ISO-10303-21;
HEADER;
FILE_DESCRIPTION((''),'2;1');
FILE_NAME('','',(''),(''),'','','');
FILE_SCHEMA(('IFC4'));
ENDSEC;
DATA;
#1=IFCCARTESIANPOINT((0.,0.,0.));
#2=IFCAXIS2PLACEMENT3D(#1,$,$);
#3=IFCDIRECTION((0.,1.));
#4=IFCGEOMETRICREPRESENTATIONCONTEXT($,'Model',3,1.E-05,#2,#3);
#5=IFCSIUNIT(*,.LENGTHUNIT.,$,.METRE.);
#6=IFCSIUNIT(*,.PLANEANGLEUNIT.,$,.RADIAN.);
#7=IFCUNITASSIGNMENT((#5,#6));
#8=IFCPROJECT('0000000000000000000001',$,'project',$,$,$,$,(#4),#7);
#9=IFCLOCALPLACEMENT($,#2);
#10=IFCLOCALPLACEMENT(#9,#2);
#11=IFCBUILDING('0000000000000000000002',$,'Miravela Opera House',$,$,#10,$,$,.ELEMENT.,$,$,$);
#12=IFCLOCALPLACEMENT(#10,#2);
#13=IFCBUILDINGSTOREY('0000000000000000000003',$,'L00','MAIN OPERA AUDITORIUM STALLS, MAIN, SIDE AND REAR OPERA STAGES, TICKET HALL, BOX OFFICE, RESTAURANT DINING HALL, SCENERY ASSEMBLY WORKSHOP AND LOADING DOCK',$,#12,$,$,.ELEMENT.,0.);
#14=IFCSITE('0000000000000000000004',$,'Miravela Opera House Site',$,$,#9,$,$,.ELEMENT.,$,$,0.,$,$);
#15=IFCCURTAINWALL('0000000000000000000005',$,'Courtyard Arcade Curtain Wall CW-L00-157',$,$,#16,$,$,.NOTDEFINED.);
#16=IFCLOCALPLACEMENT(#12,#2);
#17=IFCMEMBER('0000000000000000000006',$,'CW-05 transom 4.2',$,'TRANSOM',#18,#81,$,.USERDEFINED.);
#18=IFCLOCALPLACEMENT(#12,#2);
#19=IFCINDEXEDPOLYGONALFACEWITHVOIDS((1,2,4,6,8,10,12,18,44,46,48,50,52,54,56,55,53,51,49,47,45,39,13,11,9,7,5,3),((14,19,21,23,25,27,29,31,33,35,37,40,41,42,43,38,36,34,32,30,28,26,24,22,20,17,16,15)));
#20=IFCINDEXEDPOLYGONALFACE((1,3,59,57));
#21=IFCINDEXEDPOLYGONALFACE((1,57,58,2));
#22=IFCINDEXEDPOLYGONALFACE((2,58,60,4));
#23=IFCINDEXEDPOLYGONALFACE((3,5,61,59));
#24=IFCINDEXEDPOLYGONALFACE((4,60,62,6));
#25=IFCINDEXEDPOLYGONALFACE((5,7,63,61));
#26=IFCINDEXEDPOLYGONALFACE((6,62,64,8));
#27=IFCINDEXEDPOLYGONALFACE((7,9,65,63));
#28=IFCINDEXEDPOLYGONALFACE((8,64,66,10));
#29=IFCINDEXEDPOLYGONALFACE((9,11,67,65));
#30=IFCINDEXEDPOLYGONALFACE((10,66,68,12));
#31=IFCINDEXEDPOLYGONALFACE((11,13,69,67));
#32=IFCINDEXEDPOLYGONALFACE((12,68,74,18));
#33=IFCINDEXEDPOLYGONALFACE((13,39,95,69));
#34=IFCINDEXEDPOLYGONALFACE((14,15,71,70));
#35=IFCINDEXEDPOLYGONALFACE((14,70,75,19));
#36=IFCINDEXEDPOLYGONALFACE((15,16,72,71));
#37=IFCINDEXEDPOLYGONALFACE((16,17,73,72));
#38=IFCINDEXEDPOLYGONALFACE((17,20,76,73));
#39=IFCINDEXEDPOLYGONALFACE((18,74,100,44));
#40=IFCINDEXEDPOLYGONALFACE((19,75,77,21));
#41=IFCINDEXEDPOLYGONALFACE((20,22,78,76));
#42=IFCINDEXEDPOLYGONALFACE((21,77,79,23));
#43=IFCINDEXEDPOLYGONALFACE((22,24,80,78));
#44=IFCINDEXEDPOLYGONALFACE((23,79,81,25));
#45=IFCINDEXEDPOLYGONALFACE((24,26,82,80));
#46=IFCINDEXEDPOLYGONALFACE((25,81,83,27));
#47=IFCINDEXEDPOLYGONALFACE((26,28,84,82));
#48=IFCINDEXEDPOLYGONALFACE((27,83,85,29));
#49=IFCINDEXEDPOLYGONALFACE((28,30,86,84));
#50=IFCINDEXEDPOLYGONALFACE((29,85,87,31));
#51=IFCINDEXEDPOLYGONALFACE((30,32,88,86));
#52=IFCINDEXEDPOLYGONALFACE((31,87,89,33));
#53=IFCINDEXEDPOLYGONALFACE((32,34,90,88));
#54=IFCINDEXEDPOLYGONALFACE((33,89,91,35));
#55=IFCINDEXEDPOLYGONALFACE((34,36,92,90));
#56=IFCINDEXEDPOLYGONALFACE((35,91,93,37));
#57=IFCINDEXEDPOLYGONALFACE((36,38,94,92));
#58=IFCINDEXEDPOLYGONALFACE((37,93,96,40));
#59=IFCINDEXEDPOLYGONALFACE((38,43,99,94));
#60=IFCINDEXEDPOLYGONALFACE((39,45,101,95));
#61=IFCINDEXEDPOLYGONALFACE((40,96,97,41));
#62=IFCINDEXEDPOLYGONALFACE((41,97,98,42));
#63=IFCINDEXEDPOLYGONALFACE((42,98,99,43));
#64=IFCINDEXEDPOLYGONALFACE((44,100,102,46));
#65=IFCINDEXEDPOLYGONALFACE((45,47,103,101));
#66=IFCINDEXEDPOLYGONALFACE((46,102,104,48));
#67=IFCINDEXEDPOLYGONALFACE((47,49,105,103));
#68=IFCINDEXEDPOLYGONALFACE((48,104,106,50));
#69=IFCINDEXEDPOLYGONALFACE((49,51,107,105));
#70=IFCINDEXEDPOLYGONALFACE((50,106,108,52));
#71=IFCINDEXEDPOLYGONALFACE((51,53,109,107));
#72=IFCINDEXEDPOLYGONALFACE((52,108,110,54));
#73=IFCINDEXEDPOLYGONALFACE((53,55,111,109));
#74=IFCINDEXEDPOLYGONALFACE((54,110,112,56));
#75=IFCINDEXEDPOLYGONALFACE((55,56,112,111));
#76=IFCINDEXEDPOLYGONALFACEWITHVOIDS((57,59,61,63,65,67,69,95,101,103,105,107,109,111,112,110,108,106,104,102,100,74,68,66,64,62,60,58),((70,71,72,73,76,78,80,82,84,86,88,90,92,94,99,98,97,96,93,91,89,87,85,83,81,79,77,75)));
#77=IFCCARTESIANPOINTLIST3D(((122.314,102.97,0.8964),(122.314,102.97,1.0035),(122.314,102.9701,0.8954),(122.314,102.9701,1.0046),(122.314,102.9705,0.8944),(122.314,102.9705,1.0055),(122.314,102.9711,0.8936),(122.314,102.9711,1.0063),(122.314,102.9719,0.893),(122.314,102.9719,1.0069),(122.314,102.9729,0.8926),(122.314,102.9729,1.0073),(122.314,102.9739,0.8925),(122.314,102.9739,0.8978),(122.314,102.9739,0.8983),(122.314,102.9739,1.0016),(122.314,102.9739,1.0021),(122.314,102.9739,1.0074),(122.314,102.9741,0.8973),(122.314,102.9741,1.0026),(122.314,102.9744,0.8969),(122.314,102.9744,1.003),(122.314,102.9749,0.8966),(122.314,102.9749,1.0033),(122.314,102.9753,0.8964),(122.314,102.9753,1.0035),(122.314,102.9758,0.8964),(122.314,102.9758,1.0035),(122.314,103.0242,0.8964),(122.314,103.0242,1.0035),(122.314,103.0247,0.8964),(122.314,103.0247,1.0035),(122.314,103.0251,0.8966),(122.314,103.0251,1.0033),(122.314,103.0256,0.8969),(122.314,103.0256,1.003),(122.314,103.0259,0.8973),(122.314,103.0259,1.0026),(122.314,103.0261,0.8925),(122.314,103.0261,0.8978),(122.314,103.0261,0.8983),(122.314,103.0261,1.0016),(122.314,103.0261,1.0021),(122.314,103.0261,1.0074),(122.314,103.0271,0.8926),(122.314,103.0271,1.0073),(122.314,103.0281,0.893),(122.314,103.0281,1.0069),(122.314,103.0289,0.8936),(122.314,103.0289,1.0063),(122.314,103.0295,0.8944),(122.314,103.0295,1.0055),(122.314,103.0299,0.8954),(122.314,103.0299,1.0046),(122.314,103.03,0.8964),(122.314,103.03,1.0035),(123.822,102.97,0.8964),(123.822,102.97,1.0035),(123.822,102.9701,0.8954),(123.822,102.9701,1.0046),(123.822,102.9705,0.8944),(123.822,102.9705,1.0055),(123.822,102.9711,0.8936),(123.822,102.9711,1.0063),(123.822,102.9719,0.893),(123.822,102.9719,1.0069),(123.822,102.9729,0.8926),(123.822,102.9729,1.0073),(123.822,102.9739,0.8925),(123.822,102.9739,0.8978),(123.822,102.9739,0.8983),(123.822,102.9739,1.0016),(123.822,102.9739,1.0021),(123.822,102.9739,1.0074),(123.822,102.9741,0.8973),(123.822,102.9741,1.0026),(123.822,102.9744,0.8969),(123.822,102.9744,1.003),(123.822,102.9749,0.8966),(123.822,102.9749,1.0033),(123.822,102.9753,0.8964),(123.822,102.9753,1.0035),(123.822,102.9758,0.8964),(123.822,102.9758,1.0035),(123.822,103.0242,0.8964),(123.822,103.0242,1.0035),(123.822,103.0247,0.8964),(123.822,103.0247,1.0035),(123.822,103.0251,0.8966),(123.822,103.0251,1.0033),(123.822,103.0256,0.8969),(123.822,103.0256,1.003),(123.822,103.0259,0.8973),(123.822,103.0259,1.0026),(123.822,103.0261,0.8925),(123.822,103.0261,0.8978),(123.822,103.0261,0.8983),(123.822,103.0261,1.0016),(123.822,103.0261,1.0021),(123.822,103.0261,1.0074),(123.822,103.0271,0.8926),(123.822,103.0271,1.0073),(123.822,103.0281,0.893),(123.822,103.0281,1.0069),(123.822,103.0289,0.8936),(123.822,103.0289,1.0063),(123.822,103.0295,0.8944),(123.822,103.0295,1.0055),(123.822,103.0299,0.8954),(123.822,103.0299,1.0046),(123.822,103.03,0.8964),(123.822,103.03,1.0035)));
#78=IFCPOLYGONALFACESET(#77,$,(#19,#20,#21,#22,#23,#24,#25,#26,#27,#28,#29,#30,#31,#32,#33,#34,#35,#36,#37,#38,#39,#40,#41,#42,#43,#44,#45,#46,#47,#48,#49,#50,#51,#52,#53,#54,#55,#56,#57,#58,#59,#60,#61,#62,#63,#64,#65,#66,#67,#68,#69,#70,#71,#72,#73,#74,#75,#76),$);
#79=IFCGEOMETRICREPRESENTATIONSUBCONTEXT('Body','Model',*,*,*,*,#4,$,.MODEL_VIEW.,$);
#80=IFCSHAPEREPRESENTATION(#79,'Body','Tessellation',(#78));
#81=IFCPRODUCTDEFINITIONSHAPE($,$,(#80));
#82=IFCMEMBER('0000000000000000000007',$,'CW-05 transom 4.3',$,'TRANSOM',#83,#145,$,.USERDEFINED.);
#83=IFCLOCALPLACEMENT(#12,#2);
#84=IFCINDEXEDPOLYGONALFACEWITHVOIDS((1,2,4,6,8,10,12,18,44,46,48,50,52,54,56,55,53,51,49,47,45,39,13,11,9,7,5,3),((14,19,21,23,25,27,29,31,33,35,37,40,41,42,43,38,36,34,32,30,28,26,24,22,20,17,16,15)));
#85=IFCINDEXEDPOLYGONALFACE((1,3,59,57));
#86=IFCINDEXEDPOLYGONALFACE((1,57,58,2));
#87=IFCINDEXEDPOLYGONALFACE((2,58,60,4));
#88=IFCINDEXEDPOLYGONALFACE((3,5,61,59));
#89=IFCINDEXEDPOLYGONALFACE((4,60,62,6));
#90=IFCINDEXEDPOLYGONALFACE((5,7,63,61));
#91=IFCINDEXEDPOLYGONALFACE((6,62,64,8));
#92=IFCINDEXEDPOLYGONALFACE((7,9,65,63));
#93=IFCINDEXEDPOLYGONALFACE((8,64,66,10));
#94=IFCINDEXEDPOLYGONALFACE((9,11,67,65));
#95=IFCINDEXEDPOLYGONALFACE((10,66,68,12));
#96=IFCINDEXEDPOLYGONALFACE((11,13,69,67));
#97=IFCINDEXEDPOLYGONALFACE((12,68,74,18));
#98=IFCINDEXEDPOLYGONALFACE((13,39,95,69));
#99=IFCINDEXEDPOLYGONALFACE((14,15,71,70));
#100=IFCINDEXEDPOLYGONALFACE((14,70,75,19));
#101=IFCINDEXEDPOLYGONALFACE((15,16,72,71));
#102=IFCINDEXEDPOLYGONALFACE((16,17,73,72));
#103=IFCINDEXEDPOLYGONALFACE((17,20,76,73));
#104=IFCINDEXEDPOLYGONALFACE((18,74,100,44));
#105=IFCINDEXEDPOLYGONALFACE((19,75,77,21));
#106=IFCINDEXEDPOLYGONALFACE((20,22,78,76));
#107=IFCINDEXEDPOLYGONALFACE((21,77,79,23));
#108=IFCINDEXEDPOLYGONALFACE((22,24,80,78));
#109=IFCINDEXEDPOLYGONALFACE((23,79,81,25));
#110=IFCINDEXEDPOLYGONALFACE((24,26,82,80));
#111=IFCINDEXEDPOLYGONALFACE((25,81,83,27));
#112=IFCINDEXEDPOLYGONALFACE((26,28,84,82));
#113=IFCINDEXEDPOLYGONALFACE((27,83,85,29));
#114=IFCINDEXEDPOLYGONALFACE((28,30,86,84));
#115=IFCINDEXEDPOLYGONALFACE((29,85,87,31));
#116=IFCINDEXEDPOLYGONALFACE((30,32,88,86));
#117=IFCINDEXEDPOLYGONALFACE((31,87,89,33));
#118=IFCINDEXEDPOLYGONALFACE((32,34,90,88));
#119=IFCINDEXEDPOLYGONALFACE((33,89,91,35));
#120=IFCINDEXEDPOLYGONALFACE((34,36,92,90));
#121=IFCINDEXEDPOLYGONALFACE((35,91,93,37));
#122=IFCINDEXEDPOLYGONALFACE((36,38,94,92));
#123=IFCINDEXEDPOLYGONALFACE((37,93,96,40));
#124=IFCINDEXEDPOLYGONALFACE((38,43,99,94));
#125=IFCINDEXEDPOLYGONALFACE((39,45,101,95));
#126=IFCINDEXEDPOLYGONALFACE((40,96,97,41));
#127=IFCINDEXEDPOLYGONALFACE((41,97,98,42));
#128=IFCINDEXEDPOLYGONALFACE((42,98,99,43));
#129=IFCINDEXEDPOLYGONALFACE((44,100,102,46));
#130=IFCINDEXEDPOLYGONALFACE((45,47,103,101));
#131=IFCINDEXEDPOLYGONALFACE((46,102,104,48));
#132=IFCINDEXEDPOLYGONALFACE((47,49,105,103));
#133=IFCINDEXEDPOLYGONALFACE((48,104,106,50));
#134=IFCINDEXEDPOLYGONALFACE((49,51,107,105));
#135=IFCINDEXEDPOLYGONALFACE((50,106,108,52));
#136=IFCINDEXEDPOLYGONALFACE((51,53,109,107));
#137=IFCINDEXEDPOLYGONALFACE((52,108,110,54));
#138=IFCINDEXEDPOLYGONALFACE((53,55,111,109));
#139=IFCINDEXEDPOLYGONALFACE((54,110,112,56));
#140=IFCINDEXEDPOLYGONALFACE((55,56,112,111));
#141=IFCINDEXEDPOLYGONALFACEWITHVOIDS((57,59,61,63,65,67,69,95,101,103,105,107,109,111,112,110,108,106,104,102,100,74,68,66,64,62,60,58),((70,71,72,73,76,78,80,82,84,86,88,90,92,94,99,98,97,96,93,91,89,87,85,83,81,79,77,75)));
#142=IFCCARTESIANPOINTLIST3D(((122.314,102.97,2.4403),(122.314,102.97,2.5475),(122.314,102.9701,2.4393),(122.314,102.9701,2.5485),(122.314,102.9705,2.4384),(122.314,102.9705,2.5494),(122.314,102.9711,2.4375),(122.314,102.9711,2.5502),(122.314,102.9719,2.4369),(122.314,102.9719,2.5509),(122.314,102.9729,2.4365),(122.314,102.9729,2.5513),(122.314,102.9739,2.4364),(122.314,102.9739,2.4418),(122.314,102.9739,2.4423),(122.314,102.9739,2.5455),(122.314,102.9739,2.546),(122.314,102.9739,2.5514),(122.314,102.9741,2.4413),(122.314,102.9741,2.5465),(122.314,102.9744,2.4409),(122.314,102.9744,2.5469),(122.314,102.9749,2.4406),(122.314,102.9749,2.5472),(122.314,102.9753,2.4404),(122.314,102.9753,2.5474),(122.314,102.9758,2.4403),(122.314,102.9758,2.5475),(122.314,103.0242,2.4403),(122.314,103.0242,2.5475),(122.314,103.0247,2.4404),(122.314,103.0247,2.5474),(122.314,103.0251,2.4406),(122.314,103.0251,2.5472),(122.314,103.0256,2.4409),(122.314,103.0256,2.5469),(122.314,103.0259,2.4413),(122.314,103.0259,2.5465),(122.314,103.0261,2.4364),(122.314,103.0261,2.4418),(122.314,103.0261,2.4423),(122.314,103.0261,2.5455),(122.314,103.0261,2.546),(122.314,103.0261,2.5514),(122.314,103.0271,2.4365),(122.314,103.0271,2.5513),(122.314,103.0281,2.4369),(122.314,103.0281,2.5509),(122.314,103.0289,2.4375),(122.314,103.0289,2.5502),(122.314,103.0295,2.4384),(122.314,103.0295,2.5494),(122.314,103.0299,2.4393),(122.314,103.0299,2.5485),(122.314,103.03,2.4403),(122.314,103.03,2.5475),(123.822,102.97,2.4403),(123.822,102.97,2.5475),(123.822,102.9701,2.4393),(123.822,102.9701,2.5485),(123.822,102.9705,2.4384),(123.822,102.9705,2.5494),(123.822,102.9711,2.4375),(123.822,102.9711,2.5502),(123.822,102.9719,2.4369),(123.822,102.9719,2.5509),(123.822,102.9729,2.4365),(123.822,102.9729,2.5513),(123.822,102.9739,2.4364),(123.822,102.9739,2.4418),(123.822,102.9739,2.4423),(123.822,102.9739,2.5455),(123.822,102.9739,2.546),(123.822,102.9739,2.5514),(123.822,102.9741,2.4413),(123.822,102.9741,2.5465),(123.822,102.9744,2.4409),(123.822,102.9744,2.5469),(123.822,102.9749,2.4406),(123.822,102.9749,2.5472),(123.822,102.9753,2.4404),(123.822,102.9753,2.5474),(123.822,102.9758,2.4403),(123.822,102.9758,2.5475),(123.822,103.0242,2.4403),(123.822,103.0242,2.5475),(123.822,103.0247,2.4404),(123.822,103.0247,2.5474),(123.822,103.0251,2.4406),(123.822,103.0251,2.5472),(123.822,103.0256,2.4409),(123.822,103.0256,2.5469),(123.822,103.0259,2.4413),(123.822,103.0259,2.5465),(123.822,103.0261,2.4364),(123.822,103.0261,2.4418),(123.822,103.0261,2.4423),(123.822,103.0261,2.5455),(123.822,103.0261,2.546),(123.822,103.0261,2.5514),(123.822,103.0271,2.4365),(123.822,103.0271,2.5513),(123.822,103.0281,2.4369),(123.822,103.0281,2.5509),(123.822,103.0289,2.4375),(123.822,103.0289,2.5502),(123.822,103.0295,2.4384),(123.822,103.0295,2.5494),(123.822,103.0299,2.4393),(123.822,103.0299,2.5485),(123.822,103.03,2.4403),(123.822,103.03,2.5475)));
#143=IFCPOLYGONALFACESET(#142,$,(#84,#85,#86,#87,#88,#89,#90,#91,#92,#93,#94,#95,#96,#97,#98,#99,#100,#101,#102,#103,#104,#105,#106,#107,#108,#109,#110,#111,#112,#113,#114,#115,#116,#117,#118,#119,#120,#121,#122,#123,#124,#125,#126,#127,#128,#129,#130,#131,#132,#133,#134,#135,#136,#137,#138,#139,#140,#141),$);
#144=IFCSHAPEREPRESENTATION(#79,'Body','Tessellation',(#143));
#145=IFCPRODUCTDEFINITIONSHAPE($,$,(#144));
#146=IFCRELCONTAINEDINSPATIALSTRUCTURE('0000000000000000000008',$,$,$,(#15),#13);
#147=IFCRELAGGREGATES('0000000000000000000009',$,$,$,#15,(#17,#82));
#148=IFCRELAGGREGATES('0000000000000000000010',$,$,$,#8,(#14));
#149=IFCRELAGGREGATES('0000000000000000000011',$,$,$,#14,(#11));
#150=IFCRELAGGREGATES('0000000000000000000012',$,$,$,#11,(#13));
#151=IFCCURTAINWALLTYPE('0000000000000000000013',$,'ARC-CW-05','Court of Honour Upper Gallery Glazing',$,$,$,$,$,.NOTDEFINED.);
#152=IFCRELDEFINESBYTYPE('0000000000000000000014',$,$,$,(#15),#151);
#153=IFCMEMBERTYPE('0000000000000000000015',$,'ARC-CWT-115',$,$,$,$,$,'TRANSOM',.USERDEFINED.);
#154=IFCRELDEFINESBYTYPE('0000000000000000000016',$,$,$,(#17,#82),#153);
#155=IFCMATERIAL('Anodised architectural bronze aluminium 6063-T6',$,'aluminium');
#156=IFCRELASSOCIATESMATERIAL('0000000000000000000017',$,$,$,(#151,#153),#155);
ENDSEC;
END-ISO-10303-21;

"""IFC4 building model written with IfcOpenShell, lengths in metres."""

from ifc_helpers import new_model, si_unit, direction, frame, origin, origin_2d, place, context, subcontext, project, spatial, hollow_rectangle, extrude, material, material_profile, profile_set, type_object, element, aggregate, save


model = new_model("IFC4")

# Units and contexts
model_context = context("Model", 3, precision=1e-05, world=origin(), true_north=direction((0.0, 1.0)))
body_context = subcontext(model_context, "Body", "Model", "MODEL_VIEW")
ifc_project = project(units=[si_unit("LENGTHUNIT", "METRE"), si_unit("PLANEANGLEUNIT", "RADIAN")], contexts=[model_context])

# Site, building, storey
site_placement = place(None, origin())
site = spatial("IfcSite", under=ifc_project, at=site_placement, Name="Miravela Opera House Site", CompositionType="ELEMENT", RefElevation=0.0)
building_placement = place(site_placement, origin())
building = spatial("IfcBuilding", under=site, at=building_placement, Name="Miravela Opera House", CompositionType="ELEMENT")
storey_placement = place(building_placement, origin())
storey = spatial("IfcBuildingStorey", under=building, at=storey_placement, Name="L00", Description="MAIN OPERA AUDITORIUM STALLS, MAIN, SIDE AND REAR OPERA STAGES, TICKET HALL, BOX OFFICE, RESTAURANT DINING HALL, SCENERY ASSEMBLY WORKSHOP AND LOADING DOCK", CompositionType="ELEMENT", Elevation=0.0)

# Curtain wall, members
ifc_material_1 = material(Name="Anodised architectural bronze aluminium 6063-T6", Category="aluminium")
curtain_wall_type = type_object("IfcCurtainWallType", Name="ARC-CW-05", Description="Court of Honour Upper Gallery Glazing", PredefinedType="NOTDEFINED", material=ifc_material_1)
curtain_wall_placement = place(storey_placement, origin())
curtain_wall = element("IfcCurtainWall", 1, at=curtain_wall_placement, inside=storey, type_object=curtain_wall_type, Name="Courtyard Arcade Curtain Wall CW-L00-157", PredefinedType="NOTDEFINED")
ifc_material_profile_1 = material_profile(ifc_material_1, hollow_rectangle(XDim=0.0601, YDim=0.115, WallThickness=0.0039, InnerFilletRadius=0.002, OuterFilletRadius=0.0039, at=origin_2d()), Name="CWT-60X115")
ifc_profile_set_1 = profile_set([ifc_material_profile_1])
member_type_1 = type_object("IfcMemberType", Name="ARC-CWT-115", ElementType="TRANSOM", PredefinedType="USERDEFINED", material=ifc_profile_set_1)
member_1_placement = place(storey_placement, frame((122.314, 103.0, 0.95), z_axis=(1.0, 0.0, 0.0), x_axis=(0.0, 1.0, 0.0)))
member_1 = element("IfcMember", 2, at=member_1_placement, type_object=member_type_1, Name="CW-05 transom 4.2", ObjectType="TRANSOM", PredefinedType="USERDEFINED", context=body_context, shape_type="SweptSolid", body=[
    extrude(hollow_rectangle(XDim=0.0601, YDim=0.115, WallThickness=0.0039, InnerFilletRadius=0.002, OuterFilletRadius=0.0039, at=origin_2d()), origin(), (0.0, 0.0, 1.0), 1.5081),
])
member_2_placement = place(storey_placement, frame((122.314, 103.0, 2.4939), z_axis=(1.0, 0.0, 0.0), x_axis=(0.0, 1.0, 0.0)))
member_2 = element("IfcMember", 3, at=member_2_placement, type_object=member_type_1, Name="CW-05 transom 4.3", ObjectType="TRANSOM", PredefinedType="USERDEFINED", context=body_context, shape_type="SweptSolid", body=[
    extrude(hollow_rectangle(XDim=0.0601, YDim=0.115, WallThickness=0.0039, InnerFilletRadius=0.002, OuterFilletRadius=0.0039, at=origin_2d()), origin(), (0.0, 0.0, 1.0), 1.5081),
])
aggregate(curtain_wall, [member_1, member_2])

save(model, "model.ifc")
